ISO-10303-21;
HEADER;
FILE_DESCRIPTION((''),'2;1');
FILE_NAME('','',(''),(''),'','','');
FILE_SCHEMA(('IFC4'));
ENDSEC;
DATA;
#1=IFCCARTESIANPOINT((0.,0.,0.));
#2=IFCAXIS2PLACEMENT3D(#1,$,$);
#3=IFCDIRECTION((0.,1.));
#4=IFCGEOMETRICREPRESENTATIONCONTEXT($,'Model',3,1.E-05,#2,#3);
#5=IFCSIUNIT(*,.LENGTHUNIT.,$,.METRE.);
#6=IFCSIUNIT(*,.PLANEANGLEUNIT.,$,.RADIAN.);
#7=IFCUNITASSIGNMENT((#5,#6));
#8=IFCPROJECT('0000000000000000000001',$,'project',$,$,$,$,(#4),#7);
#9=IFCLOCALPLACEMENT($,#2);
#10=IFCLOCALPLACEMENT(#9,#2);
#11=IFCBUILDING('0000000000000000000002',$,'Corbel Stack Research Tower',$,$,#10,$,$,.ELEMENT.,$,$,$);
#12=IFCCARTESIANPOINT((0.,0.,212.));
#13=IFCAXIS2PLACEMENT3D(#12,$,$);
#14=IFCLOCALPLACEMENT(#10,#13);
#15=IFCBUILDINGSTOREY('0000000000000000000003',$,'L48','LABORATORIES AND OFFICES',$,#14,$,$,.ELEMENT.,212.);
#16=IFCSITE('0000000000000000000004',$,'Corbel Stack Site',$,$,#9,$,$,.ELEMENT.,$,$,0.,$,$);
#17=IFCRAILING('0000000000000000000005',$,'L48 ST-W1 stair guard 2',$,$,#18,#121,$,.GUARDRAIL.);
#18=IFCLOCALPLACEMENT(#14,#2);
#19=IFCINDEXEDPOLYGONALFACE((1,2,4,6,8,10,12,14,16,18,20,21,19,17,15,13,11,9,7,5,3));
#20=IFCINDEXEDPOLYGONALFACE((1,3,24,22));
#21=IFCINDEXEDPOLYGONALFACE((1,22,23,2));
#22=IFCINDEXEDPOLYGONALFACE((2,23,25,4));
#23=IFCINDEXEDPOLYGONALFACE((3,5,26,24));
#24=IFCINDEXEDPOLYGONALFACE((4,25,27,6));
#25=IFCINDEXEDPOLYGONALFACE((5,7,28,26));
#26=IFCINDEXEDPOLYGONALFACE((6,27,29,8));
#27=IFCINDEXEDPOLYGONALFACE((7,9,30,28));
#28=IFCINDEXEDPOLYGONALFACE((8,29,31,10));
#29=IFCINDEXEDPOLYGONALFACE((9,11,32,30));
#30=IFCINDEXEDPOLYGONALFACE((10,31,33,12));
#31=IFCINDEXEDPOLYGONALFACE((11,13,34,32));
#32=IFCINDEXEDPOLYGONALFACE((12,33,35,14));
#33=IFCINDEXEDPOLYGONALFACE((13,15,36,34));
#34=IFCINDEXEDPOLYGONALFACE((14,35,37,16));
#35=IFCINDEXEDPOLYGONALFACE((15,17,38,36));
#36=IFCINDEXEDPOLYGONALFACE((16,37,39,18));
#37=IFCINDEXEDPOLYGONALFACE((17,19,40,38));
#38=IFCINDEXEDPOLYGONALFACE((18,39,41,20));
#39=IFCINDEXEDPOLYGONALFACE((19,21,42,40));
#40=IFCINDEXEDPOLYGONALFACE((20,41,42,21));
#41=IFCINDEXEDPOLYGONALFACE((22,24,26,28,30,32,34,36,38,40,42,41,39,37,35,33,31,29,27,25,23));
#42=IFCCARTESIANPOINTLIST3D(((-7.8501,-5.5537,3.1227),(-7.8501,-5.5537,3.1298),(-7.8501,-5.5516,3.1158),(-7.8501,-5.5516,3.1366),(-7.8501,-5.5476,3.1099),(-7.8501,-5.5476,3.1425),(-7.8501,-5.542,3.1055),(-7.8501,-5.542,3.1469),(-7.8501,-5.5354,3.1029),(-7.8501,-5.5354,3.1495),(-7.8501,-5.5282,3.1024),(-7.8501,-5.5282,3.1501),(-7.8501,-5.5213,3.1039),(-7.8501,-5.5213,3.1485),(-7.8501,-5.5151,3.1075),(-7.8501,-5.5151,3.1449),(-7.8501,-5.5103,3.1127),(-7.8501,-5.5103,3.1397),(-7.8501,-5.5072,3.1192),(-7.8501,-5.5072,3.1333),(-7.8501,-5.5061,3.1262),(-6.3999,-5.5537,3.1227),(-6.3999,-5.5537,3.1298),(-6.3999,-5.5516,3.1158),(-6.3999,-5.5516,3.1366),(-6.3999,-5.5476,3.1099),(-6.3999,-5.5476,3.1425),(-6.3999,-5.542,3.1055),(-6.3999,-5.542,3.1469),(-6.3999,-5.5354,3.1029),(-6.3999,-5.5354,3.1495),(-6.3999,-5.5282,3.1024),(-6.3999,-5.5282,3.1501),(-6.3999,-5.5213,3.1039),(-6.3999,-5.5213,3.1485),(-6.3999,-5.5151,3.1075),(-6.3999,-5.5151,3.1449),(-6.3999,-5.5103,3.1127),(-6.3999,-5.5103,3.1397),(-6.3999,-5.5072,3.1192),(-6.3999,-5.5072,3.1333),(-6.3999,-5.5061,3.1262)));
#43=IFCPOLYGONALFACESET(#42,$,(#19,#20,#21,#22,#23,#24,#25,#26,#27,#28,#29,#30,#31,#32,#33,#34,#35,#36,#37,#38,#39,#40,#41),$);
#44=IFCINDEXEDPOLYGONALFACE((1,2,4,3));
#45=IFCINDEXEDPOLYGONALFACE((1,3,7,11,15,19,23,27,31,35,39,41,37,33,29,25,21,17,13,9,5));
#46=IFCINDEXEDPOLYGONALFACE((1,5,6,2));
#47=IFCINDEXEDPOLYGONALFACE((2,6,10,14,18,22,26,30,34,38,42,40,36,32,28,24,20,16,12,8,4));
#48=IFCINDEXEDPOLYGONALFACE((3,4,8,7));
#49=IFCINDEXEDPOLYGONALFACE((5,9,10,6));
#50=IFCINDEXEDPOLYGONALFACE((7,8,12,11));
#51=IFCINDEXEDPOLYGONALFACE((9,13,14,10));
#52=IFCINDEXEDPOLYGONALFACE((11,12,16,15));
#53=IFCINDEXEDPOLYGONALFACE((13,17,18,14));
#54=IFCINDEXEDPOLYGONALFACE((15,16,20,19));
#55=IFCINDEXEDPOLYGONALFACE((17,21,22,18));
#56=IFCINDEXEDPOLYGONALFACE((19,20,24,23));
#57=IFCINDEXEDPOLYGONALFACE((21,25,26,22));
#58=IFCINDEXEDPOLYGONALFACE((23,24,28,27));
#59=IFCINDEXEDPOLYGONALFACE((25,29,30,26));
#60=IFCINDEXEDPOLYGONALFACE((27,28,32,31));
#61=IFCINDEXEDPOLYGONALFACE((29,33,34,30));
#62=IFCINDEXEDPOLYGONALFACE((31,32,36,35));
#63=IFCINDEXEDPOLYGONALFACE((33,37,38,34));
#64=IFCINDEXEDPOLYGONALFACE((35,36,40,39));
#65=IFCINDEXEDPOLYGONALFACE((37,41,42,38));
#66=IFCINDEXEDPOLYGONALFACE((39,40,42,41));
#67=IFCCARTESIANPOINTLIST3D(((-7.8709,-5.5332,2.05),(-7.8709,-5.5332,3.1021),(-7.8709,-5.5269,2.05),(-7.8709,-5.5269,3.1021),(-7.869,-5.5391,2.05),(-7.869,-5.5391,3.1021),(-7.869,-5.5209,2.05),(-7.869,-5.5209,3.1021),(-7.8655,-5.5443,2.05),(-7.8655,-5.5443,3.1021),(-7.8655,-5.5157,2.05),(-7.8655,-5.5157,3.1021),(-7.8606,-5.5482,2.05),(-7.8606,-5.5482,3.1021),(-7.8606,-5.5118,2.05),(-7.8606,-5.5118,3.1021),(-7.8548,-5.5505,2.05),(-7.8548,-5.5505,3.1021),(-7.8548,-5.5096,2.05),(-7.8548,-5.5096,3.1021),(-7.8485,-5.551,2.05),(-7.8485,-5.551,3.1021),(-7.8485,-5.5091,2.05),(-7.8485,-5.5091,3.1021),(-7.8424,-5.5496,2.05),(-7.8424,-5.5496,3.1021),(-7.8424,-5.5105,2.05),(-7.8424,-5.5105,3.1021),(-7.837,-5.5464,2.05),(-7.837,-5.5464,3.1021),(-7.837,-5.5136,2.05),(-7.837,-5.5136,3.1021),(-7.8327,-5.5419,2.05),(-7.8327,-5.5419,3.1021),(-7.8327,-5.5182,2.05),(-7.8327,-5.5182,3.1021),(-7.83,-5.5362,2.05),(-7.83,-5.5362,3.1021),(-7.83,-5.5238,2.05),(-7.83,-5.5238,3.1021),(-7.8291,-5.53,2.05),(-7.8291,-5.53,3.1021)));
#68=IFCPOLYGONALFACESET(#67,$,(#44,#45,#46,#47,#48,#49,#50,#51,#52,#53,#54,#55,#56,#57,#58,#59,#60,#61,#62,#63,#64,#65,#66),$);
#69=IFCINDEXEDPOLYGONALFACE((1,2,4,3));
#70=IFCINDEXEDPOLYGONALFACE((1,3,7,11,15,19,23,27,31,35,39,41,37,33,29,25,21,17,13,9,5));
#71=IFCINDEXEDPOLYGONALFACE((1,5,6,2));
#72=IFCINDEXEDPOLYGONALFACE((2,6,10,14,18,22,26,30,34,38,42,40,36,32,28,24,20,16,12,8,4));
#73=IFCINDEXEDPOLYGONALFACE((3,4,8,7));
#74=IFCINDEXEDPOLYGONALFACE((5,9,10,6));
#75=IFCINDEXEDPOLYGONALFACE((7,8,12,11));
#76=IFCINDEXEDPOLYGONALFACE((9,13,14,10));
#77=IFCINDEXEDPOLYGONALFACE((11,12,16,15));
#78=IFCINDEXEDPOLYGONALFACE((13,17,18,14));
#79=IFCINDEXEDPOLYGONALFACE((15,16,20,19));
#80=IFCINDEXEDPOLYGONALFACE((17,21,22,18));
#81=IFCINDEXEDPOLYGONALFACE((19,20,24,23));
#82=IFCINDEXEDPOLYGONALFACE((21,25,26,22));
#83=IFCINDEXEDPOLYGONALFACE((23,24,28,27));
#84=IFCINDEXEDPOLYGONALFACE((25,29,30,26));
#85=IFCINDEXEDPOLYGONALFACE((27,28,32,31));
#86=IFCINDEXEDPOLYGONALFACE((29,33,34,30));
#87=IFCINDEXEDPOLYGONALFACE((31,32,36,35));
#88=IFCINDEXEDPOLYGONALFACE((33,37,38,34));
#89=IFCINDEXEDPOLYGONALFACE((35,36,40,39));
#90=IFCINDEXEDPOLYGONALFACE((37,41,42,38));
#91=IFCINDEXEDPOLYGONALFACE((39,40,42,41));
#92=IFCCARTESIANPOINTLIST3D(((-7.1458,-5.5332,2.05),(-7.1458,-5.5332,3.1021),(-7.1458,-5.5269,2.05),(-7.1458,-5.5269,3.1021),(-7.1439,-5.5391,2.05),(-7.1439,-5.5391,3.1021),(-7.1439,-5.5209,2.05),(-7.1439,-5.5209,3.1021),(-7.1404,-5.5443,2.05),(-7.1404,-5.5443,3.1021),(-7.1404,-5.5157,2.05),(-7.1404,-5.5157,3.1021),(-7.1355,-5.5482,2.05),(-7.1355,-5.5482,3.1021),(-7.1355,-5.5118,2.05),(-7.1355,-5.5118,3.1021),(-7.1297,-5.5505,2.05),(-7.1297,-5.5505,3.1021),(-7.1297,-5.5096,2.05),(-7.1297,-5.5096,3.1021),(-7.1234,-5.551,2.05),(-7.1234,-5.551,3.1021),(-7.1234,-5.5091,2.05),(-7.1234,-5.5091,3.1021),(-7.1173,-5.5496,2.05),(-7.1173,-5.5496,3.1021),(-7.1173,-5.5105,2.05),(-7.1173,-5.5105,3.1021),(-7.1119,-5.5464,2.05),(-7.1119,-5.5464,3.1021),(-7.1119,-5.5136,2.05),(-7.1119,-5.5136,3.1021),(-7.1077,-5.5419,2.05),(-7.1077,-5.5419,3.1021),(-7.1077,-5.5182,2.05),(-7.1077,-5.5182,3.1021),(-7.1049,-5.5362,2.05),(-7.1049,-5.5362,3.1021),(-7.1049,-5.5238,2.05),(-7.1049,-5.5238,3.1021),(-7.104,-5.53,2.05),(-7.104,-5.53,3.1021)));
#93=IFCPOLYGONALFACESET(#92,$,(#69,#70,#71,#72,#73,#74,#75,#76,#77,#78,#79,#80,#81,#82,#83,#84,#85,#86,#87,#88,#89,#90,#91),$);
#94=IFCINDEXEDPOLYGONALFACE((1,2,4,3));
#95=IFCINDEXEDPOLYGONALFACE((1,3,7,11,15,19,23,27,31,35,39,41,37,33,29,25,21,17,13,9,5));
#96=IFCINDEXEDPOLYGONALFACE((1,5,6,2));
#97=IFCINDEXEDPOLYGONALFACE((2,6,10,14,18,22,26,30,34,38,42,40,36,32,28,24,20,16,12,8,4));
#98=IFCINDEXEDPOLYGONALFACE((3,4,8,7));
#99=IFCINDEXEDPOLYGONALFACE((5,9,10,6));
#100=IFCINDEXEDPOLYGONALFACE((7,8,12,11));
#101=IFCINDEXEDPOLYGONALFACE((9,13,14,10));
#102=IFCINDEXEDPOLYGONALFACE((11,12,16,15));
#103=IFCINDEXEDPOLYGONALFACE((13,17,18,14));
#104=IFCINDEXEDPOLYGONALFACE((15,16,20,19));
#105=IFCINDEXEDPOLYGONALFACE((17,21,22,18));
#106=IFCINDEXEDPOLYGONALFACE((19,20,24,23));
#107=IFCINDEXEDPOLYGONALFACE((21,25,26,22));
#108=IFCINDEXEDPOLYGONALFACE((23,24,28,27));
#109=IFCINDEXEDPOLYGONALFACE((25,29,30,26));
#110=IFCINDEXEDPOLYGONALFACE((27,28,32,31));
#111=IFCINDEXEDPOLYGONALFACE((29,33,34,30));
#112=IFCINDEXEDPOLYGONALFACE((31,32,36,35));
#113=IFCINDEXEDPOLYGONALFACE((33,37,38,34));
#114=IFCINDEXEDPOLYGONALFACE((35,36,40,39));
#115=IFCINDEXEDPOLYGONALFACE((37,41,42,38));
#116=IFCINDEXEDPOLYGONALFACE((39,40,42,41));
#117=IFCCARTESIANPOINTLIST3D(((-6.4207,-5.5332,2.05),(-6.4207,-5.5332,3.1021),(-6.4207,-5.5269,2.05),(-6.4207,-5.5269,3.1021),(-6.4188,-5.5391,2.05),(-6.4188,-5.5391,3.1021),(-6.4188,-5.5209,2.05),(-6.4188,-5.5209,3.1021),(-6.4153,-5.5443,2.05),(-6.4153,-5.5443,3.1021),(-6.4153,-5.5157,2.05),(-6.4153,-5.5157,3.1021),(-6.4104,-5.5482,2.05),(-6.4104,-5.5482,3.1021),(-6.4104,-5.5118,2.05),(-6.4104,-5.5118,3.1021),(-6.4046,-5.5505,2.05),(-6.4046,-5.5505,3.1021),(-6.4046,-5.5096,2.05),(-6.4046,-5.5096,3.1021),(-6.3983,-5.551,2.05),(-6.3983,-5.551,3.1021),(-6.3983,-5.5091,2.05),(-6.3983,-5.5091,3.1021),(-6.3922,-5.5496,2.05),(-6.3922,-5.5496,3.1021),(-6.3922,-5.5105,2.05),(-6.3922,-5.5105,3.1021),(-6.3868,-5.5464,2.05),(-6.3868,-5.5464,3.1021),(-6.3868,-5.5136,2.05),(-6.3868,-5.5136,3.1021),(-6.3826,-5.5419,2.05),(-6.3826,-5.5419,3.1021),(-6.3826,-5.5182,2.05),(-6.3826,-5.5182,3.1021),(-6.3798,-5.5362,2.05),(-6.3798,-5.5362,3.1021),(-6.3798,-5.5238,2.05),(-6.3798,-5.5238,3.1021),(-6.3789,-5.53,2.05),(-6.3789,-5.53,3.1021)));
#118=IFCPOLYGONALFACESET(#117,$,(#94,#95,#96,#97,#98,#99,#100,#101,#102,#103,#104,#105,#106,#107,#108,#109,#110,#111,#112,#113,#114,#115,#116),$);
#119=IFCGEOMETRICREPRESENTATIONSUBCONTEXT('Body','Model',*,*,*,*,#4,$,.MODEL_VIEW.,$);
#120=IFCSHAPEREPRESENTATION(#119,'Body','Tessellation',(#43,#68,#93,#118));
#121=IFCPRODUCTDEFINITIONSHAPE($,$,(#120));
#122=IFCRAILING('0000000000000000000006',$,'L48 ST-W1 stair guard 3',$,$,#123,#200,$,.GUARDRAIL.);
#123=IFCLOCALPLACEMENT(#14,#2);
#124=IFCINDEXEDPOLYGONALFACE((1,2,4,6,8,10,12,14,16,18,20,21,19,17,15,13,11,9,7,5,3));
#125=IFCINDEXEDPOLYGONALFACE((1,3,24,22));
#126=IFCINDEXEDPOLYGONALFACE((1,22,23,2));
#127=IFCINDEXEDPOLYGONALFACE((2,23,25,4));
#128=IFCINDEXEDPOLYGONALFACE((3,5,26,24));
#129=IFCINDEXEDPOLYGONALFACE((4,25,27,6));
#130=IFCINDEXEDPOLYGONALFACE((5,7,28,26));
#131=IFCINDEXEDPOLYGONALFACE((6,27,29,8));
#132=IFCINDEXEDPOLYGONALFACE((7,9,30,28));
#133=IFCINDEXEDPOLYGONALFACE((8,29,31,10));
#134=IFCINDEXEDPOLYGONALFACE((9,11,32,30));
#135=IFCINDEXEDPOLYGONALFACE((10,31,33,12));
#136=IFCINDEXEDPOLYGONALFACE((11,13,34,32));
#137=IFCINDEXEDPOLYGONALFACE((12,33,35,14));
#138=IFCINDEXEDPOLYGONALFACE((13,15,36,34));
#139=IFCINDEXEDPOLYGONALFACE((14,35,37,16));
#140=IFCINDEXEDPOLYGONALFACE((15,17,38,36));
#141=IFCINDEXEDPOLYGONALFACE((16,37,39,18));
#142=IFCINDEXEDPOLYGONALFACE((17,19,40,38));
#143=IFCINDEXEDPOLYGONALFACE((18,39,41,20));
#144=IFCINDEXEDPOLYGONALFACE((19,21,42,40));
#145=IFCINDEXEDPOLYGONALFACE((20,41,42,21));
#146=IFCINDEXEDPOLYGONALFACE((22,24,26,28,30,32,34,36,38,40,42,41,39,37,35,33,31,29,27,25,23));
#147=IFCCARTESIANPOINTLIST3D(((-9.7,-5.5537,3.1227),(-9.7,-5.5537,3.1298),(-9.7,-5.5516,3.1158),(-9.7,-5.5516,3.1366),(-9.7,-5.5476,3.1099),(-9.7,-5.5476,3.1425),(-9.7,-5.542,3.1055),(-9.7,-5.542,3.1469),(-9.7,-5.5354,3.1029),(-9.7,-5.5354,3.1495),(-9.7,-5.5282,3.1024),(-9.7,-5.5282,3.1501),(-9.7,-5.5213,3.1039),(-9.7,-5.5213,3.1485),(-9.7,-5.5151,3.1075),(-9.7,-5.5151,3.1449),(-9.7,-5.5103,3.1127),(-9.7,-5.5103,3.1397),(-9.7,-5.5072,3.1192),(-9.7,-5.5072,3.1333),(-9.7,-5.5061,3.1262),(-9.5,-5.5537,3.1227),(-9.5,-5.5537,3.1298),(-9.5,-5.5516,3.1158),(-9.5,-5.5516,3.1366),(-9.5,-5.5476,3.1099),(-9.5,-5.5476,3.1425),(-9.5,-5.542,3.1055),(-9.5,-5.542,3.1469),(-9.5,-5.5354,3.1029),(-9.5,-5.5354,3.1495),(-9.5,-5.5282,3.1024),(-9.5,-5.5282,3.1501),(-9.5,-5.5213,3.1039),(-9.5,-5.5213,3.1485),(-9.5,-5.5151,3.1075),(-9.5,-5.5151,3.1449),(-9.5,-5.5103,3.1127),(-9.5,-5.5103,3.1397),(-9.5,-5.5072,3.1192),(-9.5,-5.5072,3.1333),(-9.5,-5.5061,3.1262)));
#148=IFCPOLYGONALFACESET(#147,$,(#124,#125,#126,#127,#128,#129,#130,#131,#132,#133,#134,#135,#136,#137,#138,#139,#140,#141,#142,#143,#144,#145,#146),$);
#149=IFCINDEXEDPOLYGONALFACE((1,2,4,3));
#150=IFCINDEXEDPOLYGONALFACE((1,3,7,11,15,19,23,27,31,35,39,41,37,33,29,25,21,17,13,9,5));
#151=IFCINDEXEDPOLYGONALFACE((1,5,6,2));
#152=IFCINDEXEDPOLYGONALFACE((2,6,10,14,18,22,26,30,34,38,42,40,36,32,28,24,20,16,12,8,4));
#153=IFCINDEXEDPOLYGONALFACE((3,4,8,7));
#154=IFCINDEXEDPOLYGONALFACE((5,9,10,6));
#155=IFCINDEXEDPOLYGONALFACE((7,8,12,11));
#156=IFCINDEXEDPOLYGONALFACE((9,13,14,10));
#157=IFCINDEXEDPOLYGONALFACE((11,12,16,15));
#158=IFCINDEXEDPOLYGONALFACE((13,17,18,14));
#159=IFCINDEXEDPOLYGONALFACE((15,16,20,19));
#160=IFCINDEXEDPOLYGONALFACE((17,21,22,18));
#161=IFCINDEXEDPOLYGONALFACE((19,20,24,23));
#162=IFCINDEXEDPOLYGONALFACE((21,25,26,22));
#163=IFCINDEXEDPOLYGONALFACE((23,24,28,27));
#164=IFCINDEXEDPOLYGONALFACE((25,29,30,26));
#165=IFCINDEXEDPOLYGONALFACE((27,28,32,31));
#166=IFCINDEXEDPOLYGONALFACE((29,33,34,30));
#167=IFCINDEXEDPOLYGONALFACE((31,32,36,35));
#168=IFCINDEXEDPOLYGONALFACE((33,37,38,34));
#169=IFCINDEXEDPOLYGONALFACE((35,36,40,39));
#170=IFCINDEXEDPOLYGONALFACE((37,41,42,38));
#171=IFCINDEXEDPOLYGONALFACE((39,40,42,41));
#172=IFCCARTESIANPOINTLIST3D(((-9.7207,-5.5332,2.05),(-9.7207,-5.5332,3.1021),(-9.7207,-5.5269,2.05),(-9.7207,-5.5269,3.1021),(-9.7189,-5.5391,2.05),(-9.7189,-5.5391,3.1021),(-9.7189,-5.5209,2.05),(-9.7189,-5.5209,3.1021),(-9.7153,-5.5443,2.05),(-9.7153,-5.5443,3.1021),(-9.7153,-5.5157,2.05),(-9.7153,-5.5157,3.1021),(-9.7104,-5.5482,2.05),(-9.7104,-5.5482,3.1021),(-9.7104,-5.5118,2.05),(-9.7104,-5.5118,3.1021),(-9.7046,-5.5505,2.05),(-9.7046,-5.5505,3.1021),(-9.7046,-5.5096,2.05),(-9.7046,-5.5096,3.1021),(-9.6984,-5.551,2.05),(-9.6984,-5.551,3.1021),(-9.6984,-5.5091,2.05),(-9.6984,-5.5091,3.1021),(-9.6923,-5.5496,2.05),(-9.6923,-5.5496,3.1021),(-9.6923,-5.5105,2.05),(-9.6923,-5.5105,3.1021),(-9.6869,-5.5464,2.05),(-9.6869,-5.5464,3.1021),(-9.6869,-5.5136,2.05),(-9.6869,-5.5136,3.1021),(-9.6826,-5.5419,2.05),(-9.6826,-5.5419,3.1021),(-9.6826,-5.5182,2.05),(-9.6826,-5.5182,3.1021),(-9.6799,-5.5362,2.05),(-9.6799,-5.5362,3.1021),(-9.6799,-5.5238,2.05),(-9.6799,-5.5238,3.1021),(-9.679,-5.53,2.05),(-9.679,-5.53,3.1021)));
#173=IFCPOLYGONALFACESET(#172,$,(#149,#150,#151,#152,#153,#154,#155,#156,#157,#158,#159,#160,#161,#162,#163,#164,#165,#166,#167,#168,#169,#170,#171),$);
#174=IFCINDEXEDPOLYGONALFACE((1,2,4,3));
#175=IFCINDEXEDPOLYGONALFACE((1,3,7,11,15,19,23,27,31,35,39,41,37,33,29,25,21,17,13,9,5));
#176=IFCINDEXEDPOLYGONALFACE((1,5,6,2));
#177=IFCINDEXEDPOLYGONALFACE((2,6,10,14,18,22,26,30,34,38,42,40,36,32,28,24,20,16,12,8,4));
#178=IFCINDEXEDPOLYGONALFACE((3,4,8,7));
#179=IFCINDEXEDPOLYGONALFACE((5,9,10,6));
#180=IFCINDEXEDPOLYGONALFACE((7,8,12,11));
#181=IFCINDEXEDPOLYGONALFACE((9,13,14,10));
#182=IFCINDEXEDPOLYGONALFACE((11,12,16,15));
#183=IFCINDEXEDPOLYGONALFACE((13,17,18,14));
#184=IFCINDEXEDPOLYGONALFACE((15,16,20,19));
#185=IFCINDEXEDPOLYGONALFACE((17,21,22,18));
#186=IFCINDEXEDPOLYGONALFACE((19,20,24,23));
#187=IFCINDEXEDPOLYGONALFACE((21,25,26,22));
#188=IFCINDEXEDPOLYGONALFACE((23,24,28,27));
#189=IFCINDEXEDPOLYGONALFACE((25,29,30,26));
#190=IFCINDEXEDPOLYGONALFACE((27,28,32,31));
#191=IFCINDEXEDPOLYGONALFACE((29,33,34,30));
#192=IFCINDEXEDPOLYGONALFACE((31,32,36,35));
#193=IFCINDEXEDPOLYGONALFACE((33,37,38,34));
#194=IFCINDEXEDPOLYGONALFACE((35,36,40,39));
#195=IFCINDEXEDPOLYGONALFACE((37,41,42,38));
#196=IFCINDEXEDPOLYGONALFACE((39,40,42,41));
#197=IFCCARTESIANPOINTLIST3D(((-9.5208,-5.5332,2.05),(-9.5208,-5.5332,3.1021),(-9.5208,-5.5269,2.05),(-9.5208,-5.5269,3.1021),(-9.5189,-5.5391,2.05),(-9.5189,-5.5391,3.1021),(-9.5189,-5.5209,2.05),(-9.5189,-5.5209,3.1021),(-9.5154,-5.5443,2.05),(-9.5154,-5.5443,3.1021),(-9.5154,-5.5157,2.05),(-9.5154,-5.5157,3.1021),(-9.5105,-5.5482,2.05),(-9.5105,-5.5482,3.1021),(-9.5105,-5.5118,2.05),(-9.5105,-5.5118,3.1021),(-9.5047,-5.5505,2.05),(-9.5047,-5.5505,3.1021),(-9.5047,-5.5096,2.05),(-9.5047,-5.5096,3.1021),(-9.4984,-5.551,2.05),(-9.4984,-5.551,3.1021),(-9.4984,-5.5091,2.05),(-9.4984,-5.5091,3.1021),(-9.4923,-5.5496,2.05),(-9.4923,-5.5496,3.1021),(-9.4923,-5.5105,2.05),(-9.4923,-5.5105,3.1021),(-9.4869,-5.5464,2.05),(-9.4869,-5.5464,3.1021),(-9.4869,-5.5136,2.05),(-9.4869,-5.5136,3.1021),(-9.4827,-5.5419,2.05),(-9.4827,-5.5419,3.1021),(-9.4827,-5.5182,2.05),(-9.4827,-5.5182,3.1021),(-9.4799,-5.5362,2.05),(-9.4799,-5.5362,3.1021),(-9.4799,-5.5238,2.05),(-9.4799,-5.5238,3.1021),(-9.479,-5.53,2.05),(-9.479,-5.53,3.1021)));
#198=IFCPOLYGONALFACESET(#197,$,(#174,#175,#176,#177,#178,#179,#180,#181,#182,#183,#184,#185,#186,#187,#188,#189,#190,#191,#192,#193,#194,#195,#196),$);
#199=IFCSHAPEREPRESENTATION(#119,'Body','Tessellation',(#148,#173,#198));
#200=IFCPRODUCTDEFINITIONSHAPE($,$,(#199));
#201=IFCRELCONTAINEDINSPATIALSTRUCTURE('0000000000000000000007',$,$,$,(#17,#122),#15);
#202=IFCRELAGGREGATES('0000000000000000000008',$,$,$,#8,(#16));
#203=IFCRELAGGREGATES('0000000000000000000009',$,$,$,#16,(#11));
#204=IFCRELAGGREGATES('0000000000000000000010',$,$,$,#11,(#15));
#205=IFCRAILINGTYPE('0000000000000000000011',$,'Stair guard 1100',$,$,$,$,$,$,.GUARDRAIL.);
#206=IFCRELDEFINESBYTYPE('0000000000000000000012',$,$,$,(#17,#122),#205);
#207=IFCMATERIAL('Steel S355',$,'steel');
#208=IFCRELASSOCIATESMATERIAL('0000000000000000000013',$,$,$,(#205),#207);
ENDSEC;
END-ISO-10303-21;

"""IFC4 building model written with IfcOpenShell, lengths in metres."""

from ifc_helpers import new_model, si_unit, direction, frame, origin, origin_2d, place, context, subcontext, project, spatial, circle, extrude, material, type_object, element, save


model = new_model("IFC4")

# Units and contexts
model_context = context("Model", 3, precision=1e-05, world=origin(), true_north=direction((0.0, 1.0)))
body_context = subcontext(model_context, "Body", "Model", "MODEL_VIEW")
ifc_project = project(units=[si_unit("LENGTHUNIT", "METRE"), si_unit("PLANEANGLEUNIT", "RADIAN")], contexts=[model_context])

# Site, building, storey
site_placement = place(None, origin())
site = spatial("IfcSite", under=ifc_project, at=site_placement, Name="Corbel Stack Site", CompositionType="ELEMENT", RefElevation=0.0)
building_placement = place(site_placement, origin())
building = spatial("IfcBuilding", under=site, at=building_placement, Name="Corbel Stack Research Tower", CompositionType="ELEMENT")
storey_placement = place(building_placement, frame((0.0, 0.0, 212.0)))
storey = spatial("IfcBuildingStorey", under=building, at=storey_placement, Name="L48", Description="LABORATORIES AND OFFICES", CompositionType="ELEMENT", Elevation=212.0)

# Railings
ifc_material_1 = material(Name="Steel S355", Category="steel")
railing_type_1 = type_object("IfcRailingType", Name="Stair guard 1100", PredefinedType="GUARDRAIL", material=ifc_material_1)
railing_1_placement = place(storey_placement, frame((-7.8501, -5.53, 2.05)))
element("IfcRailing", 1, at=railing_1_placement, inside=storey, type_object=railing_type_1, Name="L48 ST-W1 stair guard 2", PredefinedType="GUARDRAIL", context=body_context, shape_type="SweptSolid", body=[
    extrude(circle(Radius=0.0239, at=origin_2d()), frame((0.0, 0.0, 1.0762), z_axis=(1.0, 0.0, 0.0), x_axis=(0.0, 1.0, 0.0)), (0.0, 0.0, 1.0), 1.4502),
    extrude(circle(Radius=0.021, at=origin_2d()), origin(), (0.0, 0.0, 1.0), 1.052),
    extrude(circle(Radius=0.021, at=origin_2d()), frame((0.7251, 0.0, 0.0)), (0.0, 0.0, 1.0), 1.052),
    extrude(circle(Radius=0.021, at=origin_2d()), frame((1.4502, 0.0, 0.0)), (0.0, 0.0, 1.0), 1.052),
])
railing_2_placement = place(storey_placement, frame((-9.7, -5.53, 2.05)))
element("IfcRailing", 2, at=railing_2_placement, inside=storey, type_object=railing_type_1, Name="L48 ST-W1 stair guard 3", PredefinedType="GUARDRAIL", context=body_context, shape_type="SweptSolid", body=[
    extrude(circle(Radius=0.0239, at=origin_2d()), frame((0.0, 0.0, 1.0762), z_axis=(1.0, 0.0, 0.0), x_axis=(0.0, 1.0, 0.0)), (0.0, 0.0, 1.0), 0.2),
    extrude(circle(Radius=0.021, at=origin_2d()), origin(), (0.0, 0.0, 1.0), 1.052),
    extrude(circle(Radius=0.021, at=origin_2d()), frame((0.2, 0.0, 0.0)), (0.0, 0.0, 1.0), 1.052),
])

save(model, "model.ifc")
